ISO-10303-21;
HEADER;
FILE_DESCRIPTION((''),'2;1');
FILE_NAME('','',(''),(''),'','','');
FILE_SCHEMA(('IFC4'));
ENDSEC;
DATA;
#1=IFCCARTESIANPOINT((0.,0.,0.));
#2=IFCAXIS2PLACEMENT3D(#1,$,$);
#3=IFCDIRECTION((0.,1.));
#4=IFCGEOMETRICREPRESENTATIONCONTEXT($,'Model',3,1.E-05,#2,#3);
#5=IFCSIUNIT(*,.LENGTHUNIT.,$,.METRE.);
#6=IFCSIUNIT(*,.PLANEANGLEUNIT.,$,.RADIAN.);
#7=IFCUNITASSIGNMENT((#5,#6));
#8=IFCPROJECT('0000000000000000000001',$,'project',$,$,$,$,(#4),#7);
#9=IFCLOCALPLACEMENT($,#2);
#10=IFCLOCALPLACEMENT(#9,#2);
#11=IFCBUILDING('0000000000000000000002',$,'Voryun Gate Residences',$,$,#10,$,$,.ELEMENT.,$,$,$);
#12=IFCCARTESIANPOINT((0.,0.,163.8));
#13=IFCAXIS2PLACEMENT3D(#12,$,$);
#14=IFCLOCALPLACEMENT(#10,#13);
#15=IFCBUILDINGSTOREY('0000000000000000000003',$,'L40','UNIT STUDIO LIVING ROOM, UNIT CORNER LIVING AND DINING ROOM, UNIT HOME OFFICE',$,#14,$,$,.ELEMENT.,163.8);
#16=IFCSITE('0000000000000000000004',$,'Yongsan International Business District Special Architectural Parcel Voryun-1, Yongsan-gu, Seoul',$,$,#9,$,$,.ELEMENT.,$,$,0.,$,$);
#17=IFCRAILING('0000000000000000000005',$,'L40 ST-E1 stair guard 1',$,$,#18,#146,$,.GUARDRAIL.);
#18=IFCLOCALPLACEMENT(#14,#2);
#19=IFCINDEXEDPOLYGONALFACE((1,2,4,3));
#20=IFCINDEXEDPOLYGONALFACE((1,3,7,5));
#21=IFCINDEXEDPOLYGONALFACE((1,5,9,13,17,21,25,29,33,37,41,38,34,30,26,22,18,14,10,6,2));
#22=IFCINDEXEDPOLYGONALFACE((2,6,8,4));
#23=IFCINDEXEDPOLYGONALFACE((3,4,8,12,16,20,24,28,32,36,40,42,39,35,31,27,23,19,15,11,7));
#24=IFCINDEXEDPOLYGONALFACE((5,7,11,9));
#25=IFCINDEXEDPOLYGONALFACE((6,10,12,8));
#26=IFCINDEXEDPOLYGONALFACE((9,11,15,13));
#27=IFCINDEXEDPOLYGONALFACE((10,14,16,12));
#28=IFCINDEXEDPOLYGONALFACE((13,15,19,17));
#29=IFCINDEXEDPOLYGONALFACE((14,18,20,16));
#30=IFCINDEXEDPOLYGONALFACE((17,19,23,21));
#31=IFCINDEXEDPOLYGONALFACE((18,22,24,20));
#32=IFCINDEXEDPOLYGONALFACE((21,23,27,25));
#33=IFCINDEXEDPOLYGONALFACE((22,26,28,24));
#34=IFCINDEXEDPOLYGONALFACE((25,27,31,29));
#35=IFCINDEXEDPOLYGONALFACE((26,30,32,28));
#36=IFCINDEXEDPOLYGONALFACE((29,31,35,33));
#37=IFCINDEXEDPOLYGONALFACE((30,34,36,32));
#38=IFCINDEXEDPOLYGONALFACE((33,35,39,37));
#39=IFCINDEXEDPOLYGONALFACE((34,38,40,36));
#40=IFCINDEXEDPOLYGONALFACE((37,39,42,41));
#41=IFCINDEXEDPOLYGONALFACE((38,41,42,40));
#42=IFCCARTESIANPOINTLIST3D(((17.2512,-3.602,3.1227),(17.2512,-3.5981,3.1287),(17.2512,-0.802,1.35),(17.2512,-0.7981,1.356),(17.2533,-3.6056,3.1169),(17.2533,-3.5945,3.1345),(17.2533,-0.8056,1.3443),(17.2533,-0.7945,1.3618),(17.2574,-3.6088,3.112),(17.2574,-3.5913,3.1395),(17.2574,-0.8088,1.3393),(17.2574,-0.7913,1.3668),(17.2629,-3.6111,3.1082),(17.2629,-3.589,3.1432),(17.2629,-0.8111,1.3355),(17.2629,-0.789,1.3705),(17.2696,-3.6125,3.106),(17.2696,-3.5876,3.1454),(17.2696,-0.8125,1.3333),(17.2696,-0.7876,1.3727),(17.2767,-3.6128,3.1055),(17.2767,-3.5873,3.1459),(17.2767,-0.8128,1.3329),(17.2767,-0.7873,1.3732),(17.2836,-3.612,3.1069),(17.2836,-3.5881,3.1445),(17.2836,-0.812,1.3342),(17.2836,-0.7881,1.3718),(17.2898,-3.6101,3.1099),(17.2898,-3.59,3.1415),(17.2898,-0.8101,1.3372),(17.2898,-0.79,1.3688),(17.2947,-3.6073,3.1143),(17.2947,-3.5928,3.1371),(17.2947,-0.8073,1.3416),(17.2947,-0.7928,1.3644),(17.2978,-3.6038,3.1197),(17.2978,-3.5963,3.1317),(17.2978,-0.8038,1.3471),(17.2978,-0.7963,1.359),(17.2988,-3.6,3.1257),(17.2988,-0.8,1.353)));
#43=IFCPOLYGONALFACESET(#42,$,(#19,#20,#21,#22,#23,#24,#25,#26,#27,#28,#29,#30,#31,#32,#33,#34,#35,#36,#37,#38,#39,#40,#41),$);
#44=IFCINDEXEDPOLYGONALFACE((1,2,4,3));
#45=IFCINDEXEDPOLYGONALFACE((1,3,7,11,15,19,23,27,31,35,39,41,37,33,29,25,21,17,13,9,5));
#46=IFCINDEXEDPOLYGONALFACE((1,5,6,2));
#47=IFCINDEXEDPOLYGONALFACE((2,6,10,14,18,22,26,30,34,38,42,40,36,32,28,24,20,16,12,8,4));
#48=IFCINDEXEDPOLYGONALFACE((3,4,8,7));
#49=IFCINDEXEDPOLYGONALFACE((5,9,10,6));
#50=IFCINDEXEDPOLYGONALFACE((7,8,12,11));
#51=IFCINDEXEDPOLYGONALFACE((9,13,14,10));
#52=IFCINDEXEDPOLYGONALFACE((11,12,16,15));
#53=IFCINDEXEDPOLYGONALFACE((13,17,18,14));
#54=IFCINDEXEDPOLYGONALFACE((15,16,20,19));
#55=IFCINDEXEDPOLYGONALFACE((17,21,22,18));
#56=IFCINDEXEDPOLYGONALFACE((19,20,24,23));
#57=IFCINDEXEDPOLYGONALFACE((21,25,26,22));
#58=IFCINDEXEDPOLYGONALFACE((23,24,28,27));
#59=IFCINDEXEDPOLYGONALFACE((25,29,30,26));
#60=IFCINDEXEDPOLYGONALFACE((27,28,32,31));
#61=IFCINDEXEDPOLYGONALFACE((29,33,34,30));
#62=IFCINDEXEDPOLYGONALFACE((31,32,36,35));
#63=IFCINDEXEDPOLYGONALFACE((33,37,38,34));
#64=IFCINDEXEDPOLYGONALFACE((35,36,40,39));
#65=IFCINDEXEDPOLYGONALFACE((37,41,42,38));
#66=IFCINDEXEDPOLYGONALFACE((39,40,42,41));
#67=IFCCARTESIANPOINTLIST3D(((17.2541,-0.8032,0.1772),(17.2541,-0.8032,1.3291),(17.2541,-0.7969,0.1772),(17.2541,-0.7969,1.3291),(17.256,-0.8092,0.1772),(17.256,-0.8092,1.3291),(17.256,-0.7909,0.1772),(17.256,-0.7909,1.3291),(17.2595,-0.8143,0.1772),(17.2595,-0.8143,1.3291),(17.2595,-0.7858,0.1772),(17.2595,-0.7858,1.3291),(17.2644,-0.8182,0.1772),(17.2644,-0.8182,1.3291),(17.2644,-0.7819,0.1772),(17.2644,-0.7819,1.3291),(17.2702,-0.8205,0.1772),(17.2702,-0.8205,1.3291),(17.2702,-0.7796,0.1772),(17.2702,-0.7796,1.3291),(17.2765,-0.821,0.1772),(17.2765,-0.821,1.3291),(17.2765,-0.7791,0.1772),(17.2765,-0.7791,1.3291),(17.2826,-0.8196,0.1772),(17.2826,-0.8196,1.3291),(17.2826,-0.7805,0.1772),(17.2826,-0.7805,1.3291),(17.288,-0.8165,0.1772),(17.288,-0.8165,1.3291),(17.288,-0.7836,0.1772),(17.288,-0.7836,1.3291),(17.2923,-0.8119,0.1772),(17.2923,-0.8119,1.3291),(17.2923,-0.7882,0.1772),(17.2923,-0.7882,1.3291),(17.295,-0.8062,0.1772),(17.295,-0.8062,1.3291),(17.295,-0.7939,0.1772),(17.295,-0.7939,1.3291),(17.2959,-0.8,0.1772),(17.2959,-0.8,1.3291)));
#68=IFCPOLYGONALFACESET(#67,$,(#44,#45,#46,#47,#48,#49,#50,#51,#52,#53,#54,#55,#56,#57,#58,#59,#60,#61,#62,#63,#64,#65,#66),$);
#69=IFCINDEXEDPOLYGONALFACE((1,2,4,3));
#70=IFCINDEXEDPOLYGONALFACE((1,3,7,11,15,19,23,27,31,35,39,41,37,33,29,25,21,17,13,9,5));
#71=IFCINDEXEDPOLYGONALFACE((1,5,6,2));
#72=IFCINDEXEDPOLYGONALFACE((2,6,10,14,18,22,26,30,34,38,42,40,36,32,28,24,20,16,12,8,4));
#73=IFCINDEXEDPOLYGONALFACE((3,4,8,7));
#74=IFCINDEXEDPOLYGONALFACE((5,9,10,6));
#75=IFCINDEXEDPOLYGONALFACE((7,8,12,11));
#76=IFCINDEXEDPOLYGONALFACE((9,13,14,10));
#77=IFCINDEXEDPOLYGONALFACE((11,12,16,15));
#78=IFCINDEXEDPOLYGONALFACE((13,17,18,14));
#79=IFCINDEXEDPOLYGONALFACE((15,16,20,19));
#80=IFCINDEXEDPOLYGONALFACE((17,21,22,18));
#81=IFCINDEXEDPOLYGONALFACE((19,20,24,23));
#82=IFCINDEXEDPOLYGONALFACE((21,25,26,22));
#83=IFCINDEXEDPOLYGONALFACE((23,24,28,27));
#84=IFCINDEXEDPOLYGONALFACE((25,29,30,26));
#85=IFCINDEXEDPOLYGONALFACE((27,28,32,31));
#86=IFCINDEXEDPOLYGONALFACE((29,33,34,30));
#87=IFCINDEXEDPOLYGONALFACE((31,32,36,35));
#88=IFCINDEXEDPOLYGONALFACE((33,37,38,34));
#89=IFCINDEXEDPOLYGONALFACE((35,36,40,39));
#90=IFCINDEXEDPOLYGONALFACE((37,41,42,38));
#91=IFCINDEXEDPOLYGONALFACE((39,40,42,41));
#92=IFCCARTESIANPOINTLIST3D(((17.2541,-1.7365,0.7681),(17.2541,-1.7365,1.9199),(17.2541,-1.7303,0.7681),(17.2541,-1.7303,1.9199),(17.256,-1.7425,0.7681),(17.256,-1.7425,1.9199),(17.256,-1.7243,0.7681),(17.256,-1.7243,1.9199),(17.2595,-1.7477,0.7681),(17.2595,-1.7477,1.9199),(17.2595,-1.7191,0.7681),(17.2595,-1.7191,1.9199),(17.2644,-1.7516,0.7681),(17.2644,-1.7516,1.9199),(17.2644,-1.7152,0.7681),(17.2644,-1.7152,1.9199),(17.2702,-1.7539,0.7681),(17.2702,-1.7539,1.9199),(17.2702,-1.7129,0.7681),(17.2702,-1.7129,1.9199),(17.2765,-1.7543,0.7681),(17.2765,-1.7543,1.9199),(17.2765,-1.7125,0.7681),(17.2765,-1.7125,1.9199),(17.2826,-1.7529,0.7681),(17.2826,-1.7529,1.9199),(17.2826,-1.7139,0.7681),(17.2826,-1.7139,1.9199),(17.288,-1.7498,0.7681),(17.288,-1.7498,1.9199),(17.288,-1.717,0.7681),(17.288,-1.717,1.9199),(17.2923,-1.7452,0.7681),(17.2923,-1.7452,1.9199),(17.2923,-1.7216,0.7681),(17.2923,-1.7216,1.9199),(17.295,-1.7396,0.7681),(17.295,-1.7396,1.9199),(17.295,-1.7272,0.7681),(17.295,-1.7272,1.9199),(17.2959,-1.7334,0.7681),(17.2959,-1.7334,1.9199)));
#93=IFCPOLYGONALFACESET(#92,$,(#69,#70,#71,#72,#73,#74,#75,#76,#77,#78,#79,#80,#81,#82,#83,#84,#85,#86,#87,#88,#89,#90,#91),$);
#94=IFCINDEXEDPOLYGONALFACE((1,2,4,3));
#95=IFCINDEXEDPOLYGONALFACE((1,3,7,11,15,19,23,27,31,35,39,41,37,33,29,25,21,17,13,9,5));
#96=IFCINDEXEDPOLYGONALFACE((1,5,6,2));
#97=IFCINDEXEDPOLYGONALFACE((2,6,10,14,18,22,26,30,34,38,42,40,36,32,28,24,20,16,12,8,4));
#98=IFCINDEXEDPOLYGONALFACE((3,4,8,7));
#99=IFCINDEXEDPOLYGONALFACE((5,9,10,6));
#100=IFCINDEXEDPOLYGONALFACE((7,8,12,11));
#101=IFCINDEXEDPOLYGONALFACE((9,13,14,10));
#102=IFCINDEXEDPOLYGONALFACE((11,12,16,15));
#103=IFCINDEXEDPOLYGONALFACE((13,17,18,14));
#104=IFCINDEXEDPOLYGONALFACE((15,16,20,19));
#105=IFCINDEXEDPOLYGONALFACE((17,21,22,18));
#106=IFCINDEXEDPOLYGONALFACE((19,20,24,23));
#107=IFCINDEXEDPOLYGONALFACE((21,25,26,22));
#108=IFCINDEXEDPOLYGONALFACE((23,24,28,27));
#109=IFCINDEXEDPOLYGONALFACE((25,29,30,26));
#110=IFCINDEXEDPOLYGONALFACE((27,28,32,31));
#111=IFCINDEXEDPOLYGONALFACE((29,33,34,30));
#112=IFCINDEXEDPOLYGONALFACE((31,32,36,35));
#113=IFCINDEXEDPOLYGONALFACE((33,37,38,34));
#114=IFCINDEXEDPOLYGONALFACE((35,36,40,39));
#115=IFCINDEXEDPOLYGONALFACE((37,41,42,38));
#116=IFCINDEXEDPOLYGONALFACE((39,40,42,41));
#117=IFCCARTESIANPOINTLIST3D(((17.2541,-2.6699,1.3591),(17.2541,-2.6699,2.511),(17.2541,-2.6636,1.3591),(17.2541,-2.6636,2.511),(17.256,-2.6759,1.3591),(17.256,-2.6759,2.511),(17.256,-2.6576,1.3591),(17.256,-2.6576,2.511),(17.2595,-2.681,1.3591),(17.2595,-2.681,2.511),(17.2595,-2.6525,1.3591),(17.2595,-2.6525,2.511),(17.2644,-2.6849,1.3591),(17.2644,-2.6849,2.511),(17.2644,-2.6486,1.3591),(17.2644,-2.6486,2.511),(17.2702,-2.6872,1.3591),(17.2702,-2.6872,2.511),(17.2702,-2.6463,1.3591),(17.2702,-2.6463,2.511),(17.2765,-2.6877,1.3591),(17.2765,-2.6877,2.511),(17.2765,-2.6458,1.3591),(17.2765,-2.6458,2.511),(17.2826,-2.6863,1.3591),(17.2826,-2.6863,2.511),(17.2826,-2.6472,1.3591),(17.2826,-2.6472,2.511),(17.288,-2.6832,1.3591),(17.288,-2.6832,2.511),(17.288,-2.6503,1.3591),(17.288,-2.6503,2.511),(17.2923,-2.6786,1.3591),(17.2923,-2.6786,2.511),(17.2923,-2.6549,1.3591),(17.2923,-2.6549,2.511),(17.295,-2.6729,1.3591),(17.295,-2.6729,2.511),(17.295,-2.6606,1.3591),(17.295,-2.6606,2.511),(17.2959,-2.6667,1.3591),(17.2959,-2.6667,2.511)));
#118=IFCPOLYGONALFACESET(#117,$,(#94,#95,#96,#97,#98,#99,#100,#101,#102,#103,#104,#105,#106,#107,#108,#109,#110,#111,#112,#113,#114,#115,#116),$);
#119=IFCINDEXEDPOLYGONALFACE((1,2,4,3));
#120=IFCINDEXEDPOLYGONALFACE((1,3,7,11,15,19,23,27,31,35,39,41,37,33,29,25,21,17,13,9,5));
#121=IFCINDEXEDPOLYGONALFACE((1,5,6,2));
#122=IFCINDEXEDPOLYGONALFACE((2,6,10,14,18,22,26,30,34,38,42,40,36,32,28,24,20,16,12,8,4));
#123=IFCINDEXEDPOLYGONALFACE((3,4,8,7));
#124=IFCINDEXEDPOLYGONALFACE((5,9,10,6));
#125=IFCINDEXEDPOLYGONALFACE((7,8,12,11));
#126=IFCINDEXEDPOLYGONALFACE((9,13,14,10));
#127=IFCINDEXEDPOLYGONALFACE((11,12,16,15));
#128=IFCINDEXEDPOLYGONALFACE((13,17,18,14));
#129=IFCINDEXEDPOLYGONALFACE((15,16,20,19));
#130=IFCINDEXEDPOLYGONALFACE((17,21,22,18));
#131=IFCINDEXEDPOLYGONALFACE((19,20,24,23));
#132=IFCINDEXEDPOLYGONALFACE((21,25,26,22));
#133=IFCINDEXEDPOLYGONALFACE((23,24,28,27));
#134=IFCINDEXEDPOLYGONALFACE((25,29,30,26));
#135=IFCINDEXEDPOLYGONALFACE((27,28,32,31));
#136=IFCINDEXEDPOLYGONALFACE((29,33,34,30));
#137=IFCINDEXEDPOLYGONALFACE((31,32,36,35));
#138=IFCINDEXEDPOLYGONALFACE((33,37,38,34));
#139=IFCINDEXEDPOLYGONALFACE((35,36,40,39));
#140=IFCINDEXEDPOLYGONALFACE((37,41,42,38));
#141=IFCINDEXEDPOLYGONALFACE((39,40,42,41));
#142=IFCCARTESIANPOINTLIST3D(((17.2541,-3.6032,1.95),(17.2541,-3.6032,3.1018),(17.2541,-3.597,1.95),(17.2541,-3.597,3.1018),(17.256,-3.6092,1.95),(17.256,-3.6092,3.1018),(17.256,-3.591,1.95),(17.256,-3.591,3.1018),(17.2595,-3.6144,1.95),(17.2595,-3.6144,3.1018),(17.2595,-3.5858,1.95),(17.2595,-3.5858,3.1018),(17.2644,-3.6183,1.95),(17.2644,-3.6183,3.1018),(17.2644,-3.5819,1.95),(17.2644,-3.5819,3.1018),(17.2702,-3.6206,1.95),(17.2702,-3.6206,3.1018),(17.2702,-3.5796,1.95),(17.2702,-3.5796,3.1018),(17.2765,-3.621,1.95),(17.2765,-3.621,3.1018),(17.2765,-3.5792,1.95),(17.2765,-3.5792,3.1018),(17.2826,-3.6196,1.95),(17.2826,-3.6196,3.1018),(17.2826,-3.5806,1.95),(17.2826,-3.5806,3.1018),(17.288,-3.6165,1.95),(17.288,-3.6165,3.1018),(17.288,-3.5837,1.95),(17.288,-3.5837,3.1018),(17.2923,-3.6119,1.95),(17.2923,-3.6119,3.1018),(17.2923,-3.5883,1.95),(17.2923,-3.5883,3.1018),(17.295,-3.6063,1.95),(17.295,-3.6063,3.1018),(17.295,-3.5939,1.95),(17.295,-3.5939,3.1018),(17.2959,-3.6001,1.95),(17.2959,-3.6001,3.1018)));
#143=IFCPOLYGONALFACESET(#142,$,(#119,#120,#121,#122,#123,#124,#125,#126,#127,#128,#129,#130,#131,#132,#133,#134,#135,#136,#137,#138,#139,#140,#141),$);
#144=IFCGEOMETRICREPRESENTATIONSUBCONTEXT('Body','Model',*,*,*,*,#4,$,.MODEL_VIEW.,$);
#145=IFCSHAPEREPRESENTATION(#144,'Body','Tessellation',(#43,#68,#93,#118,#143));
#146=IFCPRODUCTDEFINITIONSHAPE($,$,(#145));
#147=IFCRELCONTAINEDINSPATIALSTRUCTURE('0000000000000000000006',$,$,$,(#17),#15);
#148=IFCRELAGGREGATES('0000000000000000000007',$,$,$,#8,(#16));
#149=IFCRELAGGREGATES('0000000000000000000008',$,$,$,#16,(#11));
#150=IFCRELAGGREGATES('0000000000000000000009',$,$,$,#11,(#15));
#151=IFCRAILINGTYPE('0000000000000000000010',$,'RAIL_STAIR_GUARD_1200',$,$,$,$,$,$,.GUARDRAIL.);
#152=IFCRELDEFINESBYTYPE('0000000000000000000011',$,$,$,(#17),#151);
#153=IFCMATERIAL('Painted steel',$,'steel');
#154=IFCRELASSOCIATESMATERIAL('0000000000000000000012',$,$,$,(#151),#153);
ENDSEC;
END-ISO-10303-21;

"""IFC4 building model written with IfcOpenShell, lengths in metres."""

from ifc_helpers import new_model, si_unit, direction, frame, origin, origin_2d, place, context, subcontext, project, spatial, circle, extrude, material, type_object, element, save


model = new_model("IFC4")

# Units and contexts
model_context = context("Model", 3, precision=1e-05, world=origin(), true_north=direction((0.0, 1.0)))
body_context = subcontext(model_context, "Body", "Model", "MODEL_VIEW")
ifc_project = project(units=[si_unit("LENGTHUNIT", "METRE"), si_unit("PLANEANGLEUNIT", "RADIAN")], contexts=[model_context])

# Site, building, storey
site_placement = place(None, origin())
site = spatial("IfcSite", under=ifc_project, at=site_placement, Name="Yongsan International Business District Special Architectural Parcel Voryun-1, Yongsan-gu, Seoul", CompositionType="ELEMENT", RefElevation=0.0)
building_placement = place(site_placement, origin())
building = spatial("IfcBuilding", under=site, at=building_placement, Name="Voryun Gate Residences", CompositionType="ELEMENT")
storey_placement = place(building_placement, frame((0.0, 0.0, 163.8)))
storey = spatial("IfcBuildingStorey", under=building, at=storey_placement, Name="L40", Description="UNIT STUDIO LIVING ROOM, UNIT CORNER LIVING AND DINING ROOM, UNIT HOME OFFICE", CompositionType="ELEMENT", Elevation=163.8)

# Railing
ifc_material_1 = material(Name="Painted steel", Category="steel")
railing_type_1 = type_object("IfcRailingType", Name="RAIL_STAIR_GUARD_1200", PredefinedType="GUARDRAIL", material=ifc_material_1)
railing_1_placement = place(storey_placement, frame((17.2749, -0.8, 0.1772)))
element("IfcRailing", 1, at=railing_1_placement, inside=storey, type_object=railing_type_1, Name="L40 ST-E1 stair guard 1", PredefinedType="GUARDRAIL", context=body_context, shape_type="SweptSolid", body=[
    extrude(circle(Radius=0.0239, at=origin_2d()), frame((0.0, 0.0, 1.1758), z_axis=(0.0, -0.844909, 0.53491), x_axis=(1.0, 0.0, 0.0)), (0.0, 0.0, 1.0), 3.314),
    extrude(circle(Radius=0.021, at=origin_2d()), origin(), (0.0, 0.0, 1.0), 1.1519),
    extrude(circle(Radius=0.021, at=origin_2d()), frame((0.0, -0.9333, 0.5908)), (0.0, 0.0, 1.0), 1.1519),
    extrude(circle(Radius=0.021, at=origin_2d()), frame((0.0, -1.8667, 1.1819)), (0.0, 0.0, 1.0), 1.1519),
    extrude(circle(Radius=0.021, at=origin_2d()), frame((0.0, -2.8, 1.7727)), (0.0, 0.0, 1.0), 1.1519),
])

save(model, "model.ifc")
